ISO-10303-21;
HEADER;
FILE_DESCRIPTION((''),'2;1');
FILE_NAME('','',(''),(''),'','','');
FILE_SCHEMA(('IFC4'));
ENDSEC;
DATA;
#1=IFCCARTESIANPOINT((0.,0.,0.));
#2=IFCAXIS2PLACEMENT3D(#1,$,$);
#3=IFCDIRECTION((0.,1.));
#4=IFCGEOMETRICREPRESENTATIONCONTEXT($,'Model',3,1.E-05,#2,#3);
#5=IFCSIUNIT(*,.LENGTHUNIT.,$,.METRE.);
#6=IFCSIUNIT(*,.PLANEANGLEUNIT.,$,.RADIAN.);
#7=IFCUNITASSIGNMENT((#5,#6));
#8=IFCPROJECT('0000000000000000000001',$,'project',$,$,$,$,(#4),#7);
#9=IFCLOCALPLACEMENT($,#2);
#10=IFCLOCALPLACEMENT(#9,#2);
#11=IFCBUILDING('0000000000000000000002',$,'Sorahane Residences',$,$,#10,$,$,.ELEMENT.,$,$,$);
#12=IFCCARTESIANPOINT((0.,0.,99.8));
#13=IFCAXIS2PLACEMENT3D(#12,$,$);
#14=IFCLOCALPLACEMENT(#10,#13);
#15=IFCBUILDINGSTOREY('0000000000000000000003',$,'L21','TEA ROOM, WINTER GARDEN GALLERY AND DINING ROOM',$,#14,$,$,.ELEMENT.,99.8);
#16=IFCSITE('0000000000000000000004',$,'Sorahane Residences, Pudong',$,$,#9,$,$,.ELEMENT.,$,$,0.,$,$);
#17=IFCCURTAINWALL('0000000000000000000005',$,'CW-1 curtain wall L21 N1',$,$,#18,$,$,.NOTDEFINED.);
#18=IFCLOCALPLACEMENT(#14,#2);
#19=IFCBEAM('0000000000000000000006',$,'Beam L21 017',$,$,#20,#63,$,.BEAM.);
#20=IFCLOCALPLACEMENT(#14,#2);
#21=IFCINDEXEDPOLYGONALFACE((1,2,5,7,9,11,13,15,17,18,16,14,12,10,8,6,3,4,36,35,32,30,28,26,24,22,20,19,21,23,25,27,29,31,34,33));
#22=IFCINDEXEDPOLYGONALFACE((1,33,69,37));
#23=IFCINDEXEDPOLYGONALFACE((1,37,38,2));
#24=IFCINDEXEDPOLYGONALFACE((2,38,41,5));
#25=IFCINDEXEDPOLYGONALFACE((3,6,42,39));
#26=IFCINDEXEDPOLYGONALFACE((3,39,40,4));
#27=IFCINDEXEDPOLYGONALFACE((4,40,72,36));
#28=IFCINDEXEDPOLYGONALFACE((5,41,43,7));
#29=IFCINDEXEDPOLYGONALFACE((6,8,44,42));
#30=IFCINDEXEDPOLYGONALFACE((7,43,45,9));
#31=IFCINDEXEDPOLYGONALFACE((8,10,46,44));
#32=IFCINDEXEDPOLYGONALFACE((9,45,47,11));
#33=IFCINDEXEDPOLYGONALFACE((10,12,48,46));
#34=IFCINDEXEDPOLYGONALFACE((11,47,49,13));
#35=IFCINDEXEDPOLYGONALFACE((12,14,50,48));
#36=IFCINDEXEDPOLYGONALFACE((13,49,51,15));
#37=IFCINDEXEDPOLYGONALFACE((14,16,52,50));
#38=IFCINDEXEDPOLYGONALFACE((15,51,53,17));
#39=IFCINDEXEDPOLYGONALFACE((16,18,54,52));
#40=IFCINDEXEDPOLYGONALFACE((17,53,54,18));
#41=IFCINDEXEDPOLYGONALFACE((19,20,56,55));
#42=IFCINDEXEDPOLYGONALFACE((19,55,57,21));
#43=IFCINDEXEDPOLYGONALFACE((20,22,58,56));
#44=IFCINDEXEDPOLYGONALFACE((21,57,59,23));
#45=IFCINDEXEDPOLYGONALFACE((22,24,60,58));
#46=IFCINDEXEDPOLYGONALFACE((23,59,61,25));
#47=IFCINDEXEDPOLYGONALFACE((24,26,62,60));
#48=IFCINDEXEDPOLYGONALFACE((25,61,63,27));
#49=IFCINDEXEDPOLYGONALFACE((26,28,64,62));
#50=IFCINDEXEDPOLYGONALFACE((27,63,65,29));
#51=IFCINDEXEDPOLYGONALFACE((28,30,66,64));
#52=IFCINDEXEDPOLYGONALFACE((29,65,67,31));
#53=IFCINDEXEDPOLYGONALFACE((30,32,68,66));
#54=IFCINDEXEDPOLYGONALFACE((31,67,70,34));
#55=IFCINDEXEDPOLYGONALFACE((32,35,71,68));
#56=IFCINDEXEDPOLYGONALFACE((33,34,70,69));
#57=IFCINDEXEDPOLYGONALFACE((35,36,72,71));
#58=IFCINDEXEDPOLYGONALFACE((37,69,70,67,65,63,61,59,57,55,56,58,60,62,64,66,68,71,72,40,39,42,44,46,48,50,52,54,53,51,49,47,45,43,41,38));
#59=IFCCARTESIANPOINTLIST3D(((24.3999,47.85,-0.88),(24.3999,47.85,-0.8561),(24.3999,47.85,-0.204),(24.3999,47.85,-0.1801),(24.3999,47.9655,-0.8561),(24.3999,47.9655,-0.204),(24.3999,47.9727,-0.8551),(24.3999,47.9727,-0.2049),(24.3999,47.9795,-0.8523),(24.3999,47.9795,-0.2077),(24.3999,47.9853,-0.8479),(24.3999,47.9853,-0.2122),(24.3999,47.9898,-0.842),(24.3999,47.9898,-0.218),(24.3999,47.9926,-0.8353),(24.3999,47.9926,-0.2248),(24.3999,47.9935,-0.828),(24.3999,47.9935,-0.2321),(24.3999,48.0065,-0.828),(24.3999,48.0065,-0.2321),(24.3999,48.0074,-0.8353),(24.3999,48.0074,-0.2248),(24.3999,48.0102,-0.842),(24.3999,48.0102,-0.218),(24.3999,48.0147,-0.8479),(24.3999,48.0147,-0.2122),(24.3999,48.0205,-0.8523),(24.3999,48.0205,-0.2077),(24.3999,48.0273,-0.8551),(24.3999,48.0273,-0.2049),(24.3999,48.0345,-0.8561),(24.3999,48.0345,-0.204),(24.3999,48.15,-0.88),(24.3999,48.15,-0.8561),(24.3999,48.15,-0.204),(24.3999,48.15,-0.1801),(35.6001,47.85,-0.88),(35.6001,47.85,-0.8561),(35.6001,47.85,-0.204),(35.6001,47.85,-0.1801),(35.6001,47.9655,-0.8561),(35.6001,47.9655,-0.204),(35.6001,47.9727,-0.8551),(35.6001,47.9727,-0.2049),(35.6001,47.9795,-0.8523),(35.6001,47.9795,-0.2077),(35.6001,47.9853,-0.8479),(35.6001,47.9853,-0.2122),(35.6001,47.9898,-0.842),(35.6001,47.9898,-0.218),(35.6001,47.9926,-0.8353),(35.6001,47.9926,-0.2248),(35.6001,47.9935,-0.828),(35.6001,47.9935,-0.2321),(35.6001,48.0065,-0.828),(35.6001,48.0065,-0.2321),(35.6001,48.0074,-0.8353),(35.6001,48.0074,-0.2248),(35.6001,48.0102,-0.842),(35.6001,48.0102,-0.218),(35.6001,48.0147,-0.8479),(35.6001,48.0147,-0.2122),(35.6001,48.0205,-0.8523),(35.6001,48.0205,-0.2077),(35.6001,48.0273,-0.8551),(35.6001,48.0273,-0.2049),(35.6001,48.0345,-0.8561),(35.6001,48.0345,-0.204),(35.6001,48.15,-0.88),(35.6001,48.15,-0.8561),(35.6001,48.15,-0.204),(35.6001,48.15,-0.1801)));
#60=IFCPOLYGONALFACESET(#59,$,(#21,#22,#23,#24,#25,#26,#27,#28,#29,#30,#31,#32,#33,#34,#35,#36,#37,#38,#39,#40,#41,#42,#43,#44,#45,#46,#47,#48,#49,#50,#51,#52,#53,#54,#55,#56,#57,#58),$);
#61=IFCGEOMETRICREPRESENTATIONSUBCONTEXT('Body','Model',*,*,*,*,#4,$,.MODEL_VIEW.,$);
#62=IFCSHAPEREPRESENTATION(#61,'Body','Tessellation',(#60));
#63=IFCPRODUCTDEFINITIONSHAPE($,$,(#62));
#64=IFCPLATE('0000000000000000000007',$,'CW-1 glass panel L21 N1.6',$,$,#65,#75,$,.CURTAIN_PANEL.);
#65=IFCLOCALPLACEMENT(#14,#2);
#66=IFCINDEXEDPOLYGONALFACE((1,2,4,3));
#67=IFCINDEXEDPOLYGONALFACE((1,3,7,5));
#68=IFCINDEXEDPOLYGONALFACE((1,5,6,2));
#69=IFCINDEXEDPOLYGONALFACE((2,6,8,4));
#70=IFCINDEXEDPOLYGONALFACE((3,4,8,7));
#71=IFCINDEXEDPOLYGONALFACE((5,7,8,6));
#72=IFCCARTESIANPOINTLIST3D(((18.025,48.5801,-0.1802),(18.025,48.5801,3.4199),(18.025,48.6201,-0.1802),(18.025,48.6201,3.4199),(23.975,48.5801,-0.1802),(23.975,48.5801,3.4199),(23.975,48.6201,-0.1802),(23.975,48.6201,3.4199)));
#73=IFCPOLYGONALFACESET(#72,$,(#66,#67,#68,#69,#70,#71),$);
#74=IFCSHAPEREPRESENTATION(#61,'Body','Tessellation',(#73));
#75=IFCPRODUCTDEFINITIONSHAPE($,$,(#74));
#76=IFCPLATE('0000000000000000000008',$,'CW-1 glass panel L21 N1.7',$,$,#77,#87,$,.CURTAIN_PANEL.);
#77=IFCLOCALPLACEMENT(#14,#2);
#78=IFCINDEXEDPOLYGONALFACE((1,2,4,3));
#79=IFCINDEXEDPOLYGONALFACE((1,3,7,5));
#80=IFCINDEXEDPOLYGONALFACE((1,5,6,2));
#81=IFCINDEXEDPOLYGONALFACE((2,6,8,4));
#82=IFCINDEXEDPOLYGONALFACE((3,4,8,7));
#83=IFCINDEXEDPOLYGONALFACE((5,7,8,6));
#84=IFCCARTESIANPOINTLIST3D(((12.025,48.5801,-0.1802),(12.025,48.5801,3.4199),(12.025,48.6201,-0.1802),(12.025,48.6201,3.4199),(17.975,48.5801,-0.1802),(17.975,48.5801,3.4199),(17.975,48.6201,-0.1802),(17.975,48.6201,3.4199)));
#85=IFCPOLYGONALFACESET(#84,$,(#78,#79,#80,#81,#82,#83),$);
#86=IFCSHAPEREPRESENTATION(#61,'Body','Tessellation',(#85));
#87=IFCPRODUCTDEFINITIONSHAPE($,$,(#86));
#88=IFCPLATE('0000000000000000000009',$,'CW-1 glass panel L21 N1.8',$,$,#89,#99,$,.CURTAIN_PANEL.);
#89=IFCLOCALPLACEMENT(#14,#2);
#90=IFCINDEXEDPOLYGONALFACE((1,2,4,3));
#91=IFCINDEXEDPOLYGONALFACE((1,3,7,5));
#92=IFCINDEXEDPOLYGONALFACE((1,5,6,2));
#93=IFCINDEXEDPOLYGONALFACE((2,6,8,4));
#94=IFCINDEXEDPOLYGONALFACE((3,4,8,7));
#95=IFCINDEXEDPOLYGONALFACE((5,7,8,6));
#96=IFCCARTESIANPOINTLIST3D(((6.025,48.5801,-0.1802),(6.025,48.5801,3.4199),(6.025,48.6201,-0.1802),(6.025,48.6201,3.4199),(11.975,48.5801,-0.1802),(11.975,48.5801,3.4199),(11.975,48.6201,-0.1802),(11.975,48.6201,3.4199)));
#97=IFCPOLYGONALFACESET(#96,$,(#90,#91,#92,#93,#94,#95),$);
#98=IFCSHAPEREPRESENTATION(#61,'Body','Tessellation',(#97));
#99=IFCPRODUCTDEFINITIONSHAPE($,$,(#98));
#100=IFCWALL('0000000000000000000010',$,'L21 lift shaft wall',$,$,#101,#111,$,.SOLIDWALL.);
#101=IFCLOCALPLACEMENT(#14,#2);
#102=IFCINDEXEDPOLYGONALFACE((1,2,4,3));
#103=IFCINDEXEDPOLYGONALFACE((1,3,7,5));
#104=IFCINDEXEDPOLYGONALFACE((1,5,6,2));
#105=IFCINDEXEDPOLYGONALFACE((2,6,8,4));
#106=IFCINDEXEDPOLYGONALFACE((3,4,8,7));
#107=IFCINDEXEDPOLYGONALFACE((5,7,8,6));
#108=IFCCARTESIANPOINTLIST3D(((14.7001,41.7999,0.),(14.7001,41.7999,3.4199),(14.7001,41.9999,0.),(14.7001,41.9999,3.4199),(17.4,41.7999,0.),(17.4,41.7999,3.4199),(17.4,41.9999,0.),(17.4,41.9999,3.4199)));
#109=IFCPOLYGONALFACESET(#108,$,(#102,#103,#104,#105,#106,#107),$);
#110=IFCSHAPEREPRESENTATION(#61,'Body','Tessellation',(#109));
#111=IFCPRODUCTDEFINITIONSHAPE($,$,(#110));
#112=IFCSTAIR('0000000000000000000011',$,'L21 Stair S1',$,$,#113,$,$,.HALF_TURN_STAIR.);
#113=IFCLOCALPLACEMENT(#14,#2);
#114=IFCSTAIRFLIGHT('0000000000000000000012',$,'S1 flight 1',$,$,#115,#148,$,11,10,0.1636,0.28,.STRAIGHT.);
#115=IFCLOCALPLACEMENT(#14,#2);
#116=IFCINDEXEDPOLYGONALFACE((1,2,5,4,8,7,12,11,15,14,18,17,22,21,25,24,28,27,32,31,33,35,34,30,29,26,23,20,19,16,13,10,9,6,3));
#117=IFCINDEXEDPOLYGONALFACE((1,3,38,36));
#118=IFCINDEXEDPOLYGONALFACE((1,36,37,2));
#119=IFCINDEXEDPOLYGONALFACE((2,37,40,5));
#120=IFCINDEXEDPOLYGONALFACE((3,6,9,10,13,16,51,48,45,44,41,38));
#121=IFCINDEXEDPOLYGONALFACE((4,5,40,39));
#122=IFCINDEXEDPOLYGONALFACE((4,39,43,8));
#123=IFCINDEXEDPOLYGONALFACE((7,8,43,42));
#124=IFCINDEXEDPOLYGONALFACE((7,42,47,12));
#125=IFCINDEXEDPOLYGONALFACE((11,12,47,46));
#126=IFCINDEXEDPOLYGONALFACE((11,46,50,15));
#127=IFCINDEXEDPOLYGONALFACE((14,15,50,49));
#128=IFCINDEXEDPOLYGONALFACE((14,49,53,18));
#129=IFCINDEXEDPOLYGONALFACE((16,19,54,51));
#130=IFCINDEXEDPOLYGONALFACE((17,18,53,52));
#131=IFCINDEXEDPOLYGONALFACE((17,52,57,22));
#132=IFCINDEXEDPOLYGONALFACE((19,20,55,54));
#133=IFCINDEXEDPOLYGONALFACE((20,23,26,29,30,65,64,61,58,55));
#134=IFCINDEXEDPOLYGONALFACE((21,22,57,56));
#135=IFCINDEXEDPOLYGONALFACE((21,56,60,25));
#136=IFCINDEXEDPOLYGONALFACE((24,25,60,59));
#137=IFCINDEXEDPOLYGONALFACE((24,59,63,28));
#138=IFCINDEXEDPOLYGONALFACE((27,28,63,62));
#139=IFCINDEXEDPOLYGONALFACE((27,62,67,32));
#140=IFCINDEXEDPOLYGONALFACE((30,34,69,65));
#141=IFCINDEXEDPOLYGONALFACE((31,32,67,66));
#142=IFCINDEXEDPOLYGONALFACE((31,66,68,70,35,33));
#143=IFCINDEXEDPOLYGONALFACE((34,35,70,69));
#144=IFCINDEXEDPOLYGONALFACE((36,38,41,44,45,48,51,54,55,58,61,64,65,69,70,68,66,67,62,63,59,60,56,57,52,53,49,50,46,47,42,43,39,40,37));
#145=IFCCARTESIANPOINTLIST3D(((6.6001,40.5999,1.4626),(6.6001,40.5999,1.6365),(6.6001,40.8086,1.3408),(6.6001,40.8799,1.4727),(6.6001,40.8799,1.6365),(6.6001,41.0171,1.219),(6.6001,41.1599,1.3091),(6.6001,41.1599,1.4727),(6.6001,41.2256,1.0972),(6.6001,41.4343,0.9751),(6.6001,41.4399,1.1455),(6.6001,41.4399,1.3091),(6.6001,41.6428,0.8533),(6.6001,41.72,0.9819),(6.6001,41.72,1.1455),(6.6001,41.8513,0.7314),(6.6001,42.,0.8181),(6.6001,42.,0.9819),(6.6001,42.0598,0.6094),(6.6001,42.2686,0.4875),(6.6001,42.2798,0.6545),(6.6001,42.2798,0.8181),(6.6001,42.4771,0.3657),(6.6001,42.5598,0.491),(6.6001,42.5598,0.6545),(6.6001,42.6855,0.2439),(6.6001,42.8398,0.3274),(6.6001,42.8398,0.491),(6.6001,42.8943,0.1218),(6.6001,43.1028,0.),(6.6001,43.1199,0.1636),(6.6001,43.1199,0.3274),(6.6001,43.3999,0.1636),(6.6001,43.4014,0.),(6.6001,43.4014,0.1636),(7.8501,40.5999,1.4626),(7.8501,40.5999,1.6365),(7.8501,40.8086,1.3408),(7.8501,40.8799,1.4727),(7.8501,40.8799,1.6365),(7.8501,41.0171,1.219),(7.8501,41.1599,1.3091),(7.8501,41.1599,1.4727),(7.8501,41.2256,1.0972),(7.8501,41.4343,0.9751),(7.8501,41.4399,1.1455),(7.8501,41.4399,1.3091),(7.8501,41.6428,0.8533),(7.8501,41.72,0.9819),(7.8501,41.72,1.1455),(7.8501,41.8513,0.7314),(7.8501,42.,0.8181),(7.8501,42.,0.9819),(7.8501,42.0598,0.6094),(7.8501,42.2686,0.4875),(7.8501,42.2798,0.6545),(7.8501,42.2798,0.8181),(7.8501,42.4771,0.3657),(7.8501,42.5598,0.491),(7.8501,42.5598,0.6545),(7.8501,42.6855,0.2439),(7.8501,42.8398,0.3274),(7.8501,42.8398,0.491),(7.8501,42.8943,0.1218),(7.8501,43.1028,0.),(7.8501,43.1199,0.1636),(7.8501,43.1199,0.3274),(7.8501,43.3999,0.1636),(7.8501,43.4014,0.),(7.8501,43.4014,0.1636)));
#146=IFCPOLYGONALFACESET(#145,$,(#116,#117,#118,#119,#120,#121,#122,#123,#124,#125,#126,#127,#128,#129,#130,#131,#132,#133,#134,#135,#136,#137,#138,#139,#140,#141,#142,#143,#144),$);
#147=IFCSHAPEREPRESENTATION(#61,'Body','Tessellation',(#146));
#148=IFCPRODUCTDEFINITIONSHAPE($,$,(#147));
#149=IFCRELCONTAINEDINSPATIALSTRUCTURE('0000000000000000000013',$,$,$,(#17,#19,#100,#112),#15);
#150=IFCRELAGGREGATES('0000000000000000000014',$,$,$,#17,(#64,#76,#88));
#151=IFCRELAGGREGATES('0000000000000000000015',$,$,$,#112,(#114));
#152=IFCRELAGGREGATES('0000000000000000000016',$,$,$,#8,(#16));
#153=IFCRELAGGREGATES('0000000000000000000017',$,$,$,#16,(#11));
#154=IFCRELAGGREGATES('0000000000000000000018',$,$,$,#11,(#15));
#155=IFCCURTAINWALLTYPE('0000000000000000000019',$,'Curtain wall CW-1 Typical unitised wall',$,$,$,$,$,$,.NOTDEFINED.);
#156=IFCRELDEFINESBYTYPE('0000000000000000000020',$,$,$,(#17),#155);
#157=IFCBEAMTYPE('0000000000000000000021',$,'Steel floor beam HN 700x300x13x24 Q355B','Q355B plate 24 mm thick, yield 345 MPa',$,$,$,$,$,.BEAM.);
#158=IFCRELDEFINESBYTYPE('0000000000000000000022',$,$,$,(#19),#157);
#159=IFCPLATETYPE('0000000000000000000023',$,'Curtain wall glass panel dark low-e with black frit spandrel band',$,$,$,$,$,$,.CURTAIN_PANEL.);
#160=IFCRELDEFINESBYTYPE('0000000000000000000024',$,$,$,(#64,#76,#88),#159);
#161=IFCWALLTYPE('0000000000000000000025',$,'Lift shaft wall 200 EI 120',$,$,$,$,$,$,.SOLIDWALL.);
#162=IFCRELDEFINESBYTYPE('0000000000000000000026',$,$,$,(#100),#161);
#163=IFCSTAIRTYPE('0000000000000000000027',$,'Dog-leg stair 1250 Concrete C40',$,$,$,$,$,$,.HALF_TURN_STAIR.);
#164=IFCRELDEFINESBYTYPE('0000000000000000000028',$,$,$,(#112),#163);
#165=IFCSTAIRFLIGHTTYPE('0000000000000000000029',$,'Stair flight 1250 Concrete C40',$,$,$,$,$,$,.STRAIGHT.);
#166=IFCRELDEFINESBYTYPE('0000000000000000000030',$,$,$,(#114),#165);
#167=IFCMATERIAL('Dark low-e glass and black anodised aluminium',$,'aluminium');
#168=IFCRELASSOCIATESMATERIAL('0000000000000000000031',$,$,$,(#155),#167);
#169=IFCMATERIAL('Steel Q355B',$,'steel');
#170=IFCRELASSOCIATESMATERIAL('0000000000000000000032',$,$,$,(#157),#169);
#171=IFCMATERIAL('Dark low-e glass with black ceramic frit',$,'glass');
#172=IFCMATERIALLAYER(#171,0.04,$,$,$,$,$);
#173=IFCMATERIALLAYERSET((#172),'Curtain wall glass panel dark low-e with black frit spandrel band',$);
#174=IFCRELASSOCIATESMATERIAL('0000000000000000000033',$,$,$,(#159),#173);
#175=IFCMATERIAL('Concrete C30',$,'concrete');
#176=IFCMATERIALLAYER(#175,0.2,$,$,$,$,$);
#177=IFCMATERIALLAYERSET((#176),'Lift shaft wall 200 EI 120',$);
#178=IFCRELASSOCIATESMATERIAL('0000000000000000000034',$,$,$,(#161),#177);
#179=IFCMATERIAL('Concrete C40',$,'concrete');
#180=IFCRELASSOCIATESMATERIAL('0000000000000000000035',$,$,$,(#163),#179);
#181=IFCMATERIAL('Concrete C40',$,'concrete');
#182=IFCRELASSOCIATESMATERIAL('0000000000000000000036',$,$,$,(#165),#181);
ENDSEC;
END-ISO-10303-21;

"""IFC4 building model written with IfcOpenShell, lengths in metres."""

from ifc_helpers import new_model, si_unit, direction, frame, frame_2d, origin, origin_2d, place, context, subcontext, project, spatial, polyline, rectangle, i_section, outline, extrude, material, layer, layer_set, material_profile, profile_set, type_object, element, aggregate, save


model = new_model("IFC4")

# Units and contexts
model_context = context("Model", 3, precision=1e-05, world=origin(), true_north=direction((0.0, 1.0)))
body_context = subcontext(model_context, "Body", "Model", "MODEL_VIEW")
ifc_project = project(units=[si_unit("LENGTHUNIT", "METRE"), si_unit("PLANEANGLEUNIT", "RADIAN")], contexts=[model_context])

# Site, building, storey
site_placement = place(None, origin())
site = spatial("IfcSite", under=ifc_project, at=site_placement, Name="Sorahane Residences, Pudong", CompositionType="ELEMENT", RefElevation=0.0)
building_placement = place(site_placement, origin())
building = spatial("IfcBuilding", under=site, at=building_placement, Name="Sorahane Residences", CompositionType="ELEMENT")
storey_placement = place(building_placement, frame((0.0, 0.0, 99.8)))
storey = spatial("IfcBuildingStorey", under=building, at=storey_placement, Name="L21", Description="TEA ROOM, WINTER GARDEN GALLERY AND DINING ROOM", CompositionType="ELEMENT", Elevation=99.8)

# Curtain wall
ifc_material_1 = material(Name="Dark low-e glass and black anodised aluminium", Category="aluminium")
curtain_wall_type = type_object("IfcCurtainWallType", Name="Curtain wall CW-1 Typical unitised wall", PredefinedType="NOTDEFINED", material=ifc_material_1)
curtain_wall_placement = place(storey_placement, origin())
curtain_wall = element("IfcCurtainWall", 1, at=curtain_wall_placement, inside=storey, type_object=curtain_wall_type, Name="CW-1 curtain wall L21 N1", PredefinedType="NOTDEFINED")

# Beam
ifc_material_2 = material(Name="Steel Q355B", Category="steel")
ifc_material_profile_1 = material_profile(ifc_material_2, i_section(OverallWidth=0.3, OverallDepth=0.7, WebThickness=0.0129, FlangeThickness=0.0239, FilletRadius=0.0281, at=origin_2d()), Name="HN 700x300x13x24")
ifc_profile_set_1 = profile_set([ifc_material_profile_1], Name="Steel Q355B")
beam_type_1 = type_object("IfcBeamType", Name="Steel floor beam HN 700x300x13x24 Q355B", Description="Q355B plate 24 mm thick, yield 345 MPa", PredefinedType="BEAM", material=ifc_profile_set_1)
for number, where, z_axis, x_axis, name in (
    (2, (24.3999, 48.0, -0.53), (1.0, 0.0, 0.0), (0.0, 1.0, 0.0), "Beam L21 017"),
):
    element("IfcBeam", number, at=place(storey_placement, frame(where, z_axis=z_axis, x_axis=x_axis)), inside=storey, type_object=beam_type_1, Name=name, PredefinedType="BEAM", context=body_context, shape_type="SweptSolid", body=[
        extrude(i_section(OverallWidth=0.3, OverallDepth=0.7, WebThickness=0.0129, FlangeThickness=0.0239, FilletRadius=0.0281, at=origin_2d()), origin(), (0.0, 0.0, 1.0), 11.2002),
    ])

# Plates
ifc_material_3 = material(Name="Dark low-e glass with black ceramic frit", Category="glass")
ifc_layer_1 = layer(ifc_material_3, 0.04)
ifc_layer_set_1 = layer_set([ifc_layer_1], Name="Curtain wall glass panel dark low-e with black frit spandrel band")
plate_type = type_object("IfcPlateType", Name="Curtain wall glass panel dark low-e with black frit spandrel band", PredefinedType="CURTAIN_PANEL", material=ifc_layer_set_1)
plate_1_placement = place(storey_placement, frame((21.0, 48.6001, -0.1802), z_axis=(0.0, 0.0, 1.0), x_axis=(-1.0, 0.0, 0.0)))
plate_1 = element("IfcPlate", 3, at=plate_1_placement, type_object=plate_type, Name="CW-1 glass panel L21 N1.6", PredefinedType="CURTAIN_PANEL", context=body_context, shape_type="SweptSolid", body=[
    extrude(rectangle(XDim=5.95, YDim=0.04, at=origin_2d()), origin(), (0.0, 0.0, 1.0), 3.6001),
])
plate_2_placement = place(storey_placement, frame((15.0, 48.6001, -0.1802), z_axis=(0.0, 0.0, 1.0), x_axis=(-1.0, 0.0, 0.0)))
plate_2 = element("IfcPlate", 4, at=plate_2_placement, type_object=plate_type, Name="CW-1 glass panel L21 N1.7", PredefinedType="CURTAIN_PANEL", context=body_context, shape_type="SweptSolid", body=[
    extrude(rectangle(XDim=5.95, YDim=0.04, at=origin_2d()), origin(), (0.0, 0.0, 1.0), 3.6001),
])
plate_3_placement = place(storey_placement, frame((9.0, 48.6001, -0.1802), z_axis=(0.0, 0.0, 1.0), x_axis=(-1.0, 0.0, 0.0)))
plate_3 = element("IfcPlate", 5, at=plate_3_placement, type_object=plate_type, Name="CW-1 glass panel L21 N1.8", PredefinedType="CURTAIN_PANEL", context=body_context, shape_type="SweptSolid", body=[
    extrude(rectangle(XDim=5.95, YDim=0.04, at=origin_2d()), origin(), (0.0, 0.0, 1.0), 3.6001),
])
aggregate(curtain_wall, [plate_1, plate_2, plate_3])

# Wall
ifc_material_4 = material(Name="Concrete C30", Category="concrete")
ifc_layer_2 = layer(ifc_material_4, 0.2)
ifc_layer_set_2 = layer_set([ifc_layer_2], Name="Lift shaft wall 200 EI 120")
wall_type = type_object("IfcWallType", Name="Lift shaft wall 200 EI 120", PredefinedType="SOLIDWALL", material=ifc_layer_set_2)
wall_placement = place(storey_placement, frame((14.7, 41.8999, 0.0), z_axis=(0.0, 0.0, 1.0), x_axis=(1.0, 0.0, 0.0)))
element("IfcWall", 6, at=wall_placement, inside=storey, type_object=wall_type, Name="L21 lift shaft wall", PredefinedType="SOLIDWALL", context=body_context, shape_type="SweptSolid", body=[
    extrude(rectangle(XDim=2.7, YDim=0.2, at=frame_2d((1.3501, 0.0))), origin(), (0.0, 0.0, 1.0), 3.4199),
])

# Stair, stair flight
ifc_material_5 = material(Name="Concrete C40", Category="concrete")
stair_type = type_object("IfcStairType", Name="Dog-leg stair 1250 Concrete C40", PredefinedType="HALF_TURN_STAIR", material=ifc_material_5)
stair_1_placement = place(storey_placement, origin())
stair_1 = element("IfcStair", 7, at=stair_1_placement, inside=storey, type_object=stair_type, Name="L21 Stair S1", PredefinedType="HALF_TURN_STAIR")
ifc_material_6 = material(Name="Concrete C40", Category="concrete")
stair_flight_type = type_object("IfcStairFlightType", Name="Stair flight 1250 Concrete C40", PredefinedType="STRAIGHT", material=ifc_material_6)
stair_flight_1_placement = place(storey_placement, frame((7.2251, 43.3999, 0.0), z_axis=(0.0, 0.0, 1.0), x_axis=(0.0, -1.0, 0.0)))
stair_flight_1 = element("IfcStairFlight", 8, at=stair_flight_1_placement, type_object=stair_flight_type, Name="S1 flight 1", NumberOfRisers=11, NumberOfTreads=10, PredefinedType="STRAIGHT", RiserHeight=0.1636, TreadLength=0.28, context=body_context, shape_type="SweptSolid", body=[
    extrude(outline(polyline([(-0.0015, 0.0), (-0.0015, 0.1636), (0.0, 0.1636), (0.28, 0.1636), (0.28, 0.3274), (0.5601, 0.3274), (0.5601, 0.491), (0.8401, 0.491), (0.8401, 0.6545), (1.1201, 0.6545), (1.1201, 0.8181), (1.3999, 0.8181), (1.3999, 0.9819), (1.6799, 0.9819), (1.6799, 1.1455), (1.96, 1.1455), (1.96, 1.3091), (2.24, 1.3091), (2.24, 1.4727), (2.52, 1.4727), (2.52, 1.6365), (2.8, 1.6365), (2.8, 1.8), (2.8, 1.4626), (2.5913, 1.3408), (2.3828, 1.219), (2.1743, 1.0972), (1.9656, 0.9751), (1.7571, 0.8533), (1.5486, 0.7314), (1.3401, 0.6094), (1.1313, 0.4875), (0.9229, 0.3657), (0.7144, 0.2439), (0.5056, 0.1218), (0.2971, 0.0), (-0.0015, 0.0)])), frame((0.0, 0.625, 0.0), z_axis=(0.0, -1.0, 0.0), x_axis=(1.0, 0.0, 0.0)), (0.0, 0.0, 1.0), 1.25),
])
aggregate(stair_1, [stair_flight_1])

save(model, "model.ifc")
